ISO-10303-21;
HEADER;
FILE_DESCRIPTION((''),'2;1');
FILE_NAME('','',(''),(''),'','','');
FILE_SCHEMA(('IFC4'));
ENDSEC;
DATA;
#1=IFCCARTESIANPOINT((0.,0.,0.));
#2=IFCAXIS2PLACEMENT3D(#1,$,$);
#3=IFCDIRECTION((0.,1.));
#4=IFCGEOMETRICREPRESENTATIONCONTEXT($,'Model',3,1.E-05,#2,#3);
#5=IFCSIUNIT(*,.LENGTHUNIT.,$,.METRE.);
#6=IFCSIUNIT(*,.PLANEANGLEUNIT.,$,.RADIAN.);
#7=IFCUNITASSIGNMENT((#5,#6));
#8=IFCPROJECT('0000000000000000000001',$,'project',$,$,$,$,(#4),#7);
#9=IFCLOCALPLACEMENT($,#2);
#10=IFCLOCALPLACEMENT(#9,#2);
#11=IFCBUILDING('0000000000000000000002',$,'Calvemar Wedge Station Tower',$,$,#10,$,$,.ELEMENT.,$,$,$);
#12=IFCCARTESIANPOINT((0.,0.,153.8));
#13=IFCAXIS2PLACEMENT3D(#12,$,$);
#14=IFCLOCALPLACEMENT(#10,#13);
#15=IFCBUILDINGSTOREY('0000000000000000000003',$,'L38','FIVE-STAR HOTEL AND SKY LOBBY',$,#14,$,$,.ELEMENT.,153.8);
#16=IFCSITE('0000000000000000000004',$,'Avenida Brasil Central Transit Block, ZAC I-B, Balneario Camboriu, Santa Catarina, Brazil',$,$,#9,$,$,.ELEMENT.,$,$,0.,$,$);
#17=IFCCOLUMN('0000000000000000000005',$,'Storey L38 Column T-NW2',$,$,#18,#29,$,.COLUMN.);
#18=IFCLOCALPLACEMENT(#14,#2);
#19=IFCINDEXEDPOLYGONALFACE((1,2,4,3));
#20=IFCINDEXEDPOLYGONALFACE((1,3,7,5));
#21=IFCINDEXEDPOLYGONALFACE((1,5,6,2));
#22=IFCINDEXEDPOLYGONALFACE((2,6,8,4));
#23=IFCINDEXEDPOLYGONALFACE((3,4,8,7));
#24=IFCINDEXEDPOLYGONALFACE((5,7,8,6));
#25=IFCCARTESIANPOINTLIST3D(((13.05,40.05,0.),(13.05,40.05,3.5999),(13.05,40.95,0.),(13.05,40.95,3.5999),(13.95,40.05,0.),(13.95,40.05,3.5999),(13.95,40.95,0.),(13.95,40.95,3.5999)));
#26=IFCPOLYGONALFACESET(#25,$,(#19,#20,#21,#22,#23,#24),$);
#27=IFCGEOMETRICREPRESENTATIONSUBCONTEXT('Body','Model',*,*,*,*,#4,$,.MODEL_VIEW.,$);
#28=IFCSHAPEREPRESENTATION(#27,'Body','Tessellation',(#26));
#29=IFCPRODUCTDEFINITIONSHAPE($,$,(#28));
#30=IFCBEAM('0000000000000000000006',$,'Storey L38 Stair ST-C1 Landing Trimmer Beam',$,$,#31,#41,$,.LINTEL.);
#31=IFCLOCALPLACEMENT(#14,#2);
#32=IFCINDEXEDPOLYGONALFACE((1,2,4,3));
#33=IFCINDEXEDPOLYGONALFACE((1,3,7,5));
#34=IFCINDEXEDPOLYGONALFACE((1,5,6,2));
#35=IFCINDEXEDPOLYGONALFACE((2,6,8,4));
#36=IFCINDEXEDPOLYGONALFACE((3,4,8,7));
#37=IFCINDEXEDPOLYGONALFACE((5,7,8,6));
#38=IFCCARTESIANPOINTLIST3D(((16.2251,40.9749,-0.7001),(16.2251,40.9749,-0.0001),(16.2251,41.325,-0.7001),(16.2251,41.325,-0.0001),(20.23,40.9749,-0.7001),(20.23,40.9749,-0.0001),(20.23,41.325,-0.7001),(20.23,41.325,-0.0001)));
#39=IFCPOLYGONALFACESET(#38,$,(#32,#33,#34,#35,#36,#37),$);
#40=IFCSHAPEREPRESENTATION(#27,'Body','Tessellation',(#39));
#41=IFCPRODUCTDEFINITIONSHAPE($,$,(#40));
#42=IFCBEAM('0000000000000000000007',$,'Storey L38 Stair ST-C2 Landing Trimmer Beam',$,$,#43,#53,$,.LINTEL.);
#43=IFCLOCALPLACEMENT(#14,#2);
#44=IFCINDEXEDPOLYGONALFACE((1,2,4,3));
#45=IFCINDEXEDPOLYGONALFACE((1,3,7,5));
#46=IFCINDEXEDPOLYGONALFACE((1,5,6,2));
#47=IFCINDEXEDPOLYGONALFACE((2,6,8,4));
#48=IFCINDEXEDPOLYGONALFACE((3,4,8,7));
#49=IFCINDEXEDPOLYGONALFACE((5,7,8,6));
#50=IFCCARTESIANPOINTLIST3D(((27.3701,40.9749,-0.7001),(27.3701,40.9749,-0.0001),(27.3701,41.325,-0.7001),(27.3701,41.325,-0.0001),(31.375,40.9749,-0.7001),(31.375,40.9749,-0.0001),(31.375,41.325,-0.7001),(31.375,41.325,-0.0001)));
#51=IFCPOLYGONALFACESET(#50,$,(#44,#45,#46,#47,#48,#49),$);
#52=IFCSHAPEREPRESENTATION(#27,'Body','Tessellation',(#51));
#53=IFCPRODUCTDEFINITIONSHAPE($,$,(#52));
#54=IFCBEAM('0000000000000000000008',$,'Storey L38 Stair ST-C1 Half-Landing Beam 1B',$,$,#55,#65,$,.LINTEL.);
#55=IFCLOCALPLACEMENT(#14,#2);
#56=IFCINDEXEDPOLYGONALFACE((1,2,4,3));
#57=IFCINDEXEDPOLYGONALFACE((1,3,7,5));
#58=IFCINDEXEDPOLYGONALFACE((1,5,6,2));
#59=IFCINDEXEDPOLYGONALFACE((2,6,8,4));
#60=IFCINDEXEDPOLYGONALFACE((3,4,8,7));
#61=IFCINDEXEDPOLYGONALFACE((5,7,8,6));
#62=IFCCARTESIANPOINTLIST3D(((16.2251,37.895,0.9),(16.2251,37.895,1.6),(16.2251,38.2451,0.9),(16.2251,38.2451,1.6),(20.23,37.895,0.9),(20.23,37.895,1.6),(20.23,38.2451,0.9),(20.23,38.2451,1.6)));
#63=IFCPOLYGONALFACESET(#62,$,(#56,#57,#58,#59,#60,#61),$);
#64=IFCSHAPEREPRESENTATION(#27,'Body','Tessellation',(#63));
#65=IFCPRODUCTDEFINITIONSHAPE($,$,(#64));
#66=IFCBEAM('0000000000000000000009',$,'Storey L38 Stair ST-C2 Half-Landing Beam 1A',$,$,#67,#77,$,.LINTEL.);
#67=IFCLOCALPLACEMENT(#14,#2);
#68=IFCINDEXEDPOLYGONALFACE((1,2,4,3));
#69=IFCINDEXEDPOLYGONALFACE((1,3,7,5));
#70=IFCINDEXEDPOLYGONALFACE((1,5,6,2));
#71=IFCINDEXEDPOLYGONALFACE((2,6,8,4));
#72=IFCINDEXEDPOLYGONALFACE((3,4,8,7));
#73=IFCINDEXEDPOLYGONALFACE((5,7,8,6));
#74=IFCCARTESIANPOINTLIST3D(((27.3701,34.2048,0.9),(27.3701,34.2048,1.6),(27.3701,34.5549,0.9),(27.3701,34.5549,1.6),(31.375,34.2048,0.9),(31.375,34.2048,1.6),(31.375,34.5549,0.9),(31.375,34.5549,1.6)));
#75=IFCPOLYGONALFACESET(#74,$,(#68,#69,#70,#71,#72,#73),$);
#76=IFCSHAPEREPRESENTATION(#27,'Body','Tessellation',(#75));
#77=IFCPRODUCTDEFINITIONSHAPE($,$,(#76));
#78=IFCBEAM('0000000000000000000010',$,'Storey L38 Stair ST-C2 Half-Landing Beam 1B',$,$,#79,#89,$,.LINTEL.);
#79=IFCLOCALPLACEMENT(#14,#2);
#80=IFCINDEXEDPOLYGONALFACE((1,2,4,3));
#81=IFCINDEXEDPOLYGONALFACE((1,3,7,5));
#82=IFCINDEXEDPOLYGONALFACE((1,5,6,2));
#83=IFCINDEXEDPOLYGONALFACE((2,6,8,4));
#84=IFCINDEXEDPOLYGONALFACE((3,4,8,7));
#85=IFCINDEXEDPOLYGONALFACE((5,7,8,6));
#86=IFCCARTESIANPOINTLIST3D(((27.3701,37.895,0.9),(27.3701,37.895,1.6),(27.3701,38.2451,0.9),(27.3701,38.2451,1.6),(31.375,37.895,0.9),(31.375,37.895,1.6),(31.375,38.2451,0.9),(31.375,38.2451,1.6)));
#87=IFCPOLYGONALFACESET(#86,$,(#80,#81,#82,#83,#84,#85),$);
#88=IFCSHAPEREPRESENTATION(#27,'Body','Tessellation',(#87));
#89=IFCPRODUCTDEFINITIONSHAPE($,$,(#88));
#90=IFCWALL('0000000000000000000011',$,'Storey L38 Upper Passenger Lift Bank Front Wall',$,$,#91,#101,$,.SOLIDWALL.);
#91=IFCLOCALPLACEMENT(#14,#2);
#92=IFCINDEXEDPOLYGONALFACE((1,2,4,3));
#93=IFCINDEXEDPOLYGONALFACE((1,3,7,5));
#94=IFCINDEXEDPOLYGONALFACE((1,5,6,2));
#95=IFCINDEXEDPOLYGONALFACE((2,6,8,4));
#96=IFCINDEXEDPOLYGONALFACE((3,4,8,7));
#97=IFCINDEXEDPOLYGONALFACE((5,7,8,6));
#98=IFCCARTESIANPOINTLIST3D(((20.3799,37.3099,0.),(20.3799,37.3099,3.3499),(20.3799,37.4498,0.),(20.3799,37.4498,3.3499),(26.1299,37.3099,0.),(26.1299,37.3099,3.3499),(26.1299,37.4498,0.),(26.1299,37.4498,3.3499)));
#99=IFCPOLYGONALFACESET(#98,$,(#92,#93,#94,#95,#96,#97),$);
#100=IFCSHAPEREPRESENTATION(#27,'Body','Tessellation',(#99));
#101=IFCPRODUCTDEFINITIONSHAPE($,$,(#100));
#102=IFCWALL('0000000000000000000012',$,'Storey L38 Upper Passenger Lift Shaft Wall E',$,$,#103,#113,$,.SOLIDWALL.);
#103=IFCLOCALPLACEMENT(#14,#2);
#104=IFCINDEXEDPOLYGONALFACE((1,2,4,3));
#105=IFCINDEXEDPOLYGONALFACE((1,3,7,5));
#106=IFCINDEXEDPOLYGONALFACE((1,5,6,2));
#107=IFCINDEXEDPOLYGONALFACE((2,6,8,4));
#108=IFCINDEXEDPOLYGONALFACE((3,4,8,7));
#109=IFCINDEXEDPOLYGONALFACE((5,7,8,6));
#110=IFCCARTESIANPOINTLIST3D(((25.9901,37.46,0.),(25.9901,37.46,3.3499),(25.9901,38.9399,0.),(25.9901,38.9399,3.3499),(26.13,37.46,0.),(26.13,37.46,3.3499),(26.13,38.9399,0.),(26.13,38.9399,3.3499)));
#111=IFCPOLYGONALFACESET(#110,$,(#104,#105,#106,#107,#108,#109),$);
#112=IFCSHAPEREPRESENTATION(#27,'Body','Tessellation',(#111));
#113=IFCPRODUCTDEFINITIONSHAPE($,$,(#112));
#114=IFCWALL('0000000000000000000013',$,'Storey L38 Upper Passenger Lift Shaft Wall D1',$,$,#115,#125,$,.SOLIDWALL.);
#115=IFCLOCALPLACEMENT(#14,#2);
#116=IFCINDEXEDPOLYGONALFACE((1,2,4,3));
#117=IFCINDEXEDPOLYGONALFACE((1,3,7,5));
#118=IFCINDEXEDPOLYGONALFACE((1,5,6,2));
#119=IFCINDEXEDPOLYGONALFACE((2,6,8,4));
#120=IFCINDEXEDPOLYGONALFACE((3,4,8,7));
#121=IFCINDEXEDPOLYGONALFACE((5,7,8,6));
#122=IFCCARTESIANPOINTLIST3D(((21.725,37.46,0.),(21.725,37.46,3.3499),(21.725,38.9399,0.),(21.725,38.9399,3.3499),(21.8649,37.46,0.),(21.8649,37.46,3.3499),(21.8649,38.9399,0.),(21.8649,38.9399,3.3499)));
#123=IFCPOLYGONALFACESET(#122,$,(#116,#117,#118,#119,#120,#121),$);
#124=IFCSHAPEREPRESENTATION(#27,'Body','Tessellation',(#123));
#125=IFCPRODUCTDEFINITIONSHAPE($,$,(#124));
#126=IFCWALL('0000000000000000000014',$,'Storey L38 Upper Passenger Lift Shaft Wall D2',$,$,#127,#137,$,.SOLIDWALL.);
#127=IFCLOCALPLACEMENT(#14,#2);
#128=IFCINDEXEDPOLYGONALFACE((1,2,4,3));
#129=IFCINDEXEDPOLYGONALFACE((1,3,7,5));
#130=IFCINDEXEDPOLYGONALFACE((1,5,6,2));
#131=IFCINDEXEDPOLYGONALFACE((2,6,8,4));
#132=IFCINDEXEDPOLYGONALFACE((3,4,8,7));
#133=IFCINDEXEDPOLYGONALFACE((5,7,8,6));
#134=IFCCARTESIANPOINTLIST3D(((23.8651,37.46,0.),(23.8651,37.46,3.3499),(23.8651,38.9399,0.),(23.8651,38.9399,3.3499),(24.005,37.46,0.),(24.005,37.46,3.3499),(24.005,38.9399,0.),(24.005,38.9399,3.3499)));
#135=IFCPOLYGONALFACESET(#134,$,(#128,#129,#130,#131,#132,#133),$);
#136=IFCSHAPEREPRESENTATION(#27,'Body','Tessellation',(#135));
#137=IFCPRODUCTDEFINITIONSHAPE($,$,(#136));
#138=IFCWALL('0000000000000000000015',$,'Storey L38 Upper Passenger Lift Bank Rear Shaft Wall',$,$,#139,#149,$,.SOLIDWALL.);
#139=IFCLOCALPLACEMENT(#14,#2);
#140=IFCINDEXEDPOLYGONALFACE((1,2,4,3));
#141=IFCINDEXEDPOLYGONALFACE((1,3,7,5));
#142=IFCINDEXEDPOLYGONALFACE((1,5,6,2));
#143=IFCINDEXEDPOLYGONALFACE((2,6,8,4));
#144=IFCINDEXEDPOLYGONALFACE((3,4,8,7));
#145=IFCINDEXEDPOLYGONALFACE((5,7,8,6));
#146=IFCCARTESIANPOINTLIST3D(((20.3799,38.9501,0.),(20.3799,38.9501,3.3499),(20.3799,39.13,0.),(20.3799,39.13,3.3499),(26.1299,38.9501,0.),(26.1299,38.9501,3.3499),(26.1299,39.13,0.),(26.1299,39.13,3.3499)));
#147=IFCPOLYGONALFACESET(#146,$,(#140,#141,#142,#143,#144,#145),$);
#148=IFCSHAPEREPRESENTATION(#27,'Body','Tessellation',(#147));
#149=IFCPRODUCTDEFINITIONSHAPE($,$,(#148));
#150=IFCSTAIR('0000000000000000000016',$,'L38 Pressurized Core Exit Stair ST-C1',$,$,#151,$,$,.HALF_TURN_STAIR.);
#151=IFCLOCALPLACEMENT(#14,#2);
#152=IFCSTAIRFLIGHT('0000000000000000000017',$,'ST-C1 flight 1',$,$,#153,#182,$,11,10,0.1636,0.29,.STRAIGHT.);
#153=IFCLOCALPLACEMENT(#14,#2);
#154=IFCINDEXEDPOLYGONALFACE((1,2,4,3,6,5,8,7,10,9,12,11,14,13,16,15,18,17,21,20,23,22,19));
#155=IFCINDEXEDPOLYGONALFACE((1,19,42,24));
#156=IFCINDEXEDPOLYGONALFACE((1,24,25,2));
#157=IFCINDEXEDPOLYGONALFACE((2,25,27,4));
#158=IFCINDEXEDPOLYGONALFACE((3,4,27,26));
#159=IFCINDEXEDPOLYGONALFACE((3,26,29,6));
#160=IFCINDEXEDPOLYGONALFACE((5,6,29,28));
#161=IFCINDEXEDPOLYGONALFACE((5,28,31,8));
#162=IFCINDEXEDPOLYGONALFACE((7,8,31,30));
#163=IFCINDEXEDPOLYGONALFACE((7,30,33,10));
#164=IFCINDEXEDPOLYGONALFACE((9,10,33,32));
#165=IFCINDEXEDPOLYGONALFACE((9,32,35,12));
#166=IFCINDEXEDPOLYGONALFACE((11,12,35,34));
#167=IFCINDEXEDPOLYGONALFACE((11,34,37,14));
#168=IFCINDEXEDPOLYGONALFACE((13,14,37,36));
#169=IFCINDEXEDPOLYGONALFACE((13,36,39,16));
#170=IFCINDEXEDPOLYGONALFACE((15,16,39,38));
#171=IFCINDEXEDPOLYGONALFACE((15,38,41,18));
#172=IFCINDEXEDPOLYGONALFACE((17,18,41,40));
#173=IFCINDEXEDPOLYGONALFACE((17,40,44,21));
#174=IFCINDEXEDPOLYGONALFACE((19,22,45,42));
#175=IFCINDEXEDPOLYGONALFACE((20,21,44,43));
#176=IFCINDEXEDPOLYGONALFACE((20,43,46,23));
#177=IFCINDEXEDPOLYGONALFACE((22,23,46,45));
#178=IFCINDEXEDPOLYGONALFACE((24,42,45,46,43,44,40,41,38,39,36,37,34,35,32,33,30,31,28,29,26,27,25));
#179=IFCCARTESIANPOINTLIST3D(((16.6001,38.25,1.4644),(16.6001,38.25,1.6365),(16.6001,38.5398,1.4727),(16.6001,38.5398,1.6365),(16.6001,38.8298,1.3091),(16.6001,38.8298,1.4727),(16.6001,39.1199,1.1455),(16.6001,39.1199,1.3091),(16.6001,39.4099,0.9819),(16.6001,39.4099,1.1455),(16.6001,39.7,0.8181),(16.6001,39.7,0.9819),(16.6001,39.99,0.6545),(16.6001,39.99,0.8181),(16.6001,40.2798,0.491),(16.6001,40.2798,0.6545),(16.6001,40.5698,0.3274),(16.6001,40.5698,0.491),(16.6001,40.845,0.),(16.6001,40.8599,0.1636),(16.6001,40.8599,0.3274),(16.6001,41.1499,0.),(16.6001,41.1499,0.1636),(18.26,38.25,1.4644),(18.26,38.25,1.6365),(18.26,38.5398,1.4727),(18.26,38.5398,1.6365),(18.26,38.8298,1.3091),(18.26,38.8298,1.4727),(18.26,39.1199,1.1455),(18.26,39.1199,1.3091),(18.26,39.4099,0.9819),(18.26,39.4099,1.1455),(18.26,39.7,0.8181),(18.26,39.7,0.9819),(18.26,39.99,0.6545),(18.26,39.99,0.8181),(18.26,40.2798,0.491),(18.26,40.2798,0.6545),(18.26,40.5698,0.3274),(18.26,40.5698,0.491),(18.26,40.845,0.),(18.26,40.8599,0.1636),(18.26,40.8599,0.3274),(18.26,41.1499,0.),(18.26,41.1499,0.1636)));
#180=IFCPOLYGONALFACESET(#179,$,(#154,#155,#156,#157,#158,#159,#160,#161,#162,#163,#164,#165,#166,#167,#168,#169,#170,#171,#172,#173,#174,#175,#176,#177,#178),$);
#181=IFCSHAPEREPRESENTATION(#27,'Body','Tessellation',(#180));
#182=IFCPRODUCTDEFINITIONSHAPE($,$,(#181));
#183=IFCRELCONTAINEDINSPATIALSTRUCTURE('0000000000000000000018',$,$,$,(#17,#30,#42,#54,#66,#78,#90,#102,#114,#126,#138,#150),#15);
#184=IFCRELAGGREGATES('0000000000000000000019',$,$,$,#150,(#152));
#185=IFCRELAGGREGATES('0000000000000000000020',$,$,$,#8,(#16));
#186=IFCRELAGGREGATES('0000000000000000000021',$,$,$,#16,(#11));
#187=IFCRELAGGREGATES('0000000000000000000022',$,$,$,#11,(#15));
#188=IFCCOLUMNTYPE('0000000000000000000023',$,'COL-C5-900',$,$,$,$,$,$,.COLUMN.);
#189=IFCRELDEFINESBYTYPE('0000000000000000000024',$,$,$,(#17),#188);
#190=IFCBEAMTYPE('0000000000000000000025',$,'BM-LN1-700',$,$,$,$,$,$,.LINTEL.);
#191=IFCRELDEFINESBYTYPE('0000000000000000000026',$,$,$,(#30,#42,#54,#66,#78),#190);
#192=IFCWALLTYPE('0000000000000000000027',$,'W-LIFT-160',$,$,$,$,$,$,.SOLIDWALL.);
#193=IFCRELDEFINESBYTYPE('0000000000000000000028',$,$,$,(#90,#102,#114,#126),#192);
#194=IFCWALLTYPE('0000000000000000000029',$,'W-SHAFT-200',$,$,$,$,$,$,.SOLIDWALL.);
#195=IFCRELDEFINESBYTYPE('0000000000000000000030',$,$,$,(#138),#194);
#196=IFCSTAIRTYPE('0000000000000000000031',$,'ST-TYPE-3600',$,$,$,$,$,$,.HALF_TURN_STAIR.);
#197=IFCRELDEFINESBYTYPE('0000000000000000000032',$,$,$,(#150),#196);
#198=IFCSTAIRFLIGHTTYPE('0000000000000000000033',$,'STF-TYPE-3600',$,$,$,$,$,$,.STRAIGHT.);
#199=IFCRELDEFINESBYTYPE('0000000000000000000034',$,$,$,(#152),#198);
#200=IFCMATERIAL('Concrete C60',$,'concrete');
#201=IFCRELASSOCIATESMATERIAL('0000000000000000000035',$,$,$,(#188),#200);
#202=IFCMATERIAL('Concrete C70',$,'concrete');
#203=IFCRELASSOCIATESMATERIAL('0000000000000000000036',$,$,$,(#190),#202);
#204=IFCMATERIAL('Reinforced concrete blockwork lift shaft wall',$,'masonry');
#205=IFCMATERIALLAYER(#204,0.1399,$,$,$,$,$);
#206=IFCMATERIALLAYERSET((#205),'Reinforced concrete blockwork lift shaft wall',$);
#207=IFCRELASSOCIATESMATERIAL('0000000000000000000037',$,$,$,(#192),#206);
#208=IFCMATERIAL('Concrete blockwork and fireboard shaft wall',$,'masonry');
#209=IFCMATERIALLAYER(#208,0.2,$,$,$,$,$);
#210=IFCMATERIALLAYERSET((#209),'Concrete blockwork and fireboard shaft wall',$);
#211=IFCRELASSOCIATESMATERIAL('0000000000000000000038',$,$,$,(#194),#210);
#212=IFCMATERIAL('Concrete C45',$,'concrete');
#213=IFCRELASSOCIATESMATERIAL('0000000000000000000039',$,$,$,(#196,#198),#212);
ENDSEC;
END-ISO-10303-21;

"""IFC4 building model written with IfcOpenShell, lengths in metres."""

from ifc_helpers import new_model, si_unit, direction, frame, frame_2d, origin, origin_2d, place, context, subcontext, project, spatial, polyline, rectangle, outline, extrude, source, transform, mapped, material, layer, layer_set, material_profile, profile_set, type_object, element, aggregate, save


model = new_model("IFC4")

# Units and contexts
model_context = context("Model", 3, precision=1e-05, world=origin(), true_north=direction((0.0, 1.0)))
body_context = subcontext(model_context, "Body", "Model", "MODEL_VIEW")
ifc_project = project(units=[si_unit("LENGTHUNIT", "METRE"), si_unit("PLANEANGLEUNIT", "RADIAN")], contexts=[model_context])

# Site, building, storey
site_placement = place(None, origin())
site = spatial("IfcSite", under=ifc_project, at=site_placement, Name="Avenida Brasil Central Transit Block, ZAC I-B, Balneario Camboriu, Santa Catarina, Brazil", CompositionType="ELEMENT", RefElevation=0.0)
building_placement = place(site_placement, origin())
building = spatial("IfcBuilding", under=site, at=building_placement, Name="Calvemar Wedge Station Tower", CompositionType="ELEMENT")
storey_placement = place(building_placement, frame((0.0, 0.0, 153.8)))
storey = spatial("IfcBuildingStorey", under=building, at=storey_placement, Name="L38", Description="FIVE-STAR HOTEL AND SKY LOBBY", CompositionType="ELEMENT", Elevation=153.8)

# Column
ifc_material_1 = material(Name="Concrete C60", Category="concrete")
ifc_material_profile_1 = material_profile(ifc_material_1, rectangle(XDim=0.8999, YDim=0.8999, at=origin_2d()), Name="RC900x900")
ifc_profile_set_1 = profile_set([ifc_material_profile_1], Name="Concrete C60")
column_type = type_object("IfcColumnType", Name="COL-C5-900", PredefinedType="COLUMN", material=ifc_profile_set_1)
shared_shape_1 = source(origin(), body_context, "Body", "SweptSolid", [
    extrude(rectangle(XDim=0.8999, YDim=0.8999, at=origin_2d()), origin(), (0.0, 0.0, 1.0), 3.5999),
])
column_placement = place(storey_placement, frame((13.5, 40.5, 0.0), z_axis=(0.0, 0.0, 1.0), x_axis=(1.0, 0.0, 0.0)))
element("IfcColumn", 1, at=column_placement, inside=storey, type_object=column_type, Name="Storey L38 Column T-NW2", PredefinedType="COLUMN", context=body_context, shape_type="MappedRepresentation", body=[
    mapped(shared_shape_1, transform((0.0, 0.0, 0.0), scale=1.0)),
])

# Beams
ifc_material_2 = material(Name="Concrete C70", Category="concrete")
ifc_material_profile_2 = material_profile(ifc_material_2, rectangle(XDim=0.3501, YDim=0.7, at=origin_2d()), Name="RC350x700")
ifc_profile_set_2 = profile_set([ifc_material_profile_2], Name="Concrete C70")
beam_type = type_object("IfcBeamType", Name="BM-LN1-700", PredefinedType="LINTEL", material=ifc_profile_set_2)
shared_shape_2 = source(origin(), body_context, "Body", "SweptSolid", [
    extrude(rectangle(XDim=0.3501, YDim=0.7, at=origin_2d()), origin(), (0.0, 0.0, 1.0), 4.0049),
])
for number, where, z_axis, x_axis, name in (
    (2, (16.2251, 41.1499, -0.3501), (1.0, 0.0, 0.0), (0.0, 1.0, 0.0), "Storey L38 Stair ST-C1 Landing Trimmer Beam"),
    (3, (27.3701, 41.1499, -0.3501), (1.0, 0.0, 0.0), (0.0, 1.0, 0.0), "Storey L38 Stair ST-C2 Landing Trimmer Beam"),
    (4, (16.2251, 38.0701, 1.25), (1.0, 0.0, 0.0), (0.0, 1.0, 0.0), "Storey L38 Stair ST-C1 Half-Landing Beam 1B"),
    (5, (27.3701, 34.3799, 1.25), (1.0, 0.0, 0.0), (0.0, 1.0, 0.0), "Storey L38 Stair ST-C2 Half-Landing Beam 1A"),
    (6, (27.3701, 38.0701, 1.25), (1.0, 0.0, 0.0), (0.0, 1.0, 0.0), "Storey L38 Stair ST-C2 Half-Landing Beam 1B"),
):
    element("IfcBeam", number, at=place(storey_placement, frame(where, z_axis=z_axis, x_axis=x_axis)), inside=storey, type_object=beam_type, Name=name, PredefinedType="LINTEL", context=body_context, shape_type="MappedRepresentation", body=[
        mapped(shared_shape_2, transform((0.0, 0.0, 0.0), scale=1.0)),
    ])

# Shared definitions
ifc_material_3 = material(Name="Reinforced concrete blockwork lift shaft wall", Category="masonry")
ifc_layer_1 = layer(ifc_material_3, 0.1399)
ifc_layer_set_1 = layer_set([ifc_layer_1], Name="Reinforced concrete blockwork lift shaft wall")
wall_type_1 = type_object("IfcWallType", Name="W-LIFT-160", PredefinedType="SOLIDWALL", material=ifc_layer_set_1)

# Walls
wall_1_placement = place(storey_placement, frame((20.3799, 37.3799, 0.0), z_axis=(0.0, 0.0, 1.0), x_axis=(1.0, 0.0, 0.0)))
element("IfcWall", 7, at=wall_1_placement, inside=storey, type_object=wall_type_1, Name="Storey L38 Upper Passenger Lift Bank Front Wall", PredefinedType="SOLIDWALL", context=body_context, shape_type="SweptSolid", body=[
    extrude(rectangle(XDim=5.75, YDim=0.1399, at=frame_2d((2.875, 0.0))), origin(), (0.0, 0.0, 1.0), 3.3499),
])
for number, where, z_axis, x_axis, name in (
    (8, (26.0601, 37.46, 0.0), (0.0, 0.0, 1.0), (0.0, 1.0, 0.0), "Storey L38 Upper Passenger Lift Shaft Wall E"),
    (9, (21.7949, 37.46, 0.0), (0.0, 0.0, 1.0), (0.0, 1.0, 0.0), "Storey L38 Upper Passenger Lift Shaft Wall D1"),
    (10, (23.9351, 37.46, 0.0), (0.0, 0.0, 1.0), (0.0, 1.0, 0.0), "Storey L38 Upper Passenger Lift Shaft Wall D2"),
):
    element("IfcWall", number, at=place(storey_placement, frame(where, z_axis=z_axis, x_axis=x_axis)), inside=storey, type_object=wall_type_1, Name=name, PredefinedType="SOLIDWALL", context=body_context, shape_type="SweptSolid", body=[
        extrude(rectangle(XDim=1.48, YDim=0.1399, at=frame_2d((0.74, 0.0))), origin(), (0.0, 0.0, 1.0), 3.3499),
    ])
ifc_material_4 = material(Name="Concrete blockwork and fireboard shaft wall", Category="masonry")
ifc_layer_2 = layer(ifc_material_4, 0.2)
ifc_layer_set_2 = layer_set([ifc_layer_2], Name="Concrete blockwork and fireboard shaft wall")
wall_type_2 = type_object("IfcWallType", Name="W-SHAFT-200", PredefinedType="SOLIDWALL", material=ifc_layer_set_2)
wall_2_placement = place(storey_placement, frame((20.3799, 39.04, 0.0), z_axis=(0.0, 0.0, 1.0), x_axis=(1.0, 0.0, 0.0)))
element("IfcWall", 11, at=wall_2_placement, inside=storey, type_object=wall_type_2, Name="Storey L38 Upper Passenger Lift Bank Rear Shaft Wall", PredefinedType="SOLIDWALL", context=body_context, shape_type="SweptSolid", body=[
    extrude(rectangle(XDim=5.75, YDim=0.1799, at=frame_2d((2.875, 0.0))), origin(), (0.0, 0.0, 1.0), 3.3499),
])

# Stair, stair flight
ifc_material_5 = material(Name="Concrete C45", Category="concrete")
stair_type = type_object("IfcStairType", Name="ST-TYPE-3600", PredefinedType="HALF_TURN_STAIR", material=ifc_material_5)
stair_1_placement = place(storey_placement, origin())
stair_1 = element("IfcStair", 12, at=stair_1_placement, inside=storey, type_object=stair_type, Name="L38 Pressurized Core Exit Stair ST-C1", PredefinedType="HALF_TURN_STAIR")
stair_flight_type = type_object("IfcStairFlightType", Name="STF-TYPE-3600", PredefinedType="STRAIGHT", material=ifc_material_5)
stair_flight_1_placement = place(storey_placement, frame((17.4299, 41.1499, 0.0), z_axis=(0.0, 0.0, 1.0), x_axis=(0.0, -1.0, 0.0)))
stair_flight_1 = element("IfcStairFlight", 13, at=stair_flight_1_placement, type_object=stair_flight_type, Name="ST-C1 flight 1", NumberOfRisers=11, NumberOfTreads=10, PredefinedType="STRAIGHT", RiserHeight=0.1636, TreadLength=0.29, context=body_context, shape_type="SweptSolid", body=[
    extrude(outline(polyline([(0.0, 0.0), (0.0, 0.1636), (0.29, 0.1636), (0.29, 0.3274), (0.5801, 0.3274), (0.5801, 0.491), (0.8701, 0.491), (0.8701, 0.6545), (1.1599, 0.6545), (1.1599, 0.8181), (1.45, 0.8181), (1.45, 0.9819), (1.74, 0.9819), (1.74, 1.1455), (2.03, 1.1455), (2.03, 1.3091), (2.3201, 1.3091), (2.3201, 1.4727), (2.6101, 1.4727), (2.6101, 1.6365), (2.8999, 1.6365), (2.8999, 1.8), (2.8999, 1.4644), (0.3049, 0.0), (0.0, 0.0)])), frame((0.0, 0.8301, 0.0), z_axis=(0.0, -1.0, 0.0), x_axis=(1.0, 0.0, 0.0)), (0.0, 0.0, 1.0), 1.6599),
])
aggregate(stair_1, [stair_flight_1])

save(model, "model.ifc")
